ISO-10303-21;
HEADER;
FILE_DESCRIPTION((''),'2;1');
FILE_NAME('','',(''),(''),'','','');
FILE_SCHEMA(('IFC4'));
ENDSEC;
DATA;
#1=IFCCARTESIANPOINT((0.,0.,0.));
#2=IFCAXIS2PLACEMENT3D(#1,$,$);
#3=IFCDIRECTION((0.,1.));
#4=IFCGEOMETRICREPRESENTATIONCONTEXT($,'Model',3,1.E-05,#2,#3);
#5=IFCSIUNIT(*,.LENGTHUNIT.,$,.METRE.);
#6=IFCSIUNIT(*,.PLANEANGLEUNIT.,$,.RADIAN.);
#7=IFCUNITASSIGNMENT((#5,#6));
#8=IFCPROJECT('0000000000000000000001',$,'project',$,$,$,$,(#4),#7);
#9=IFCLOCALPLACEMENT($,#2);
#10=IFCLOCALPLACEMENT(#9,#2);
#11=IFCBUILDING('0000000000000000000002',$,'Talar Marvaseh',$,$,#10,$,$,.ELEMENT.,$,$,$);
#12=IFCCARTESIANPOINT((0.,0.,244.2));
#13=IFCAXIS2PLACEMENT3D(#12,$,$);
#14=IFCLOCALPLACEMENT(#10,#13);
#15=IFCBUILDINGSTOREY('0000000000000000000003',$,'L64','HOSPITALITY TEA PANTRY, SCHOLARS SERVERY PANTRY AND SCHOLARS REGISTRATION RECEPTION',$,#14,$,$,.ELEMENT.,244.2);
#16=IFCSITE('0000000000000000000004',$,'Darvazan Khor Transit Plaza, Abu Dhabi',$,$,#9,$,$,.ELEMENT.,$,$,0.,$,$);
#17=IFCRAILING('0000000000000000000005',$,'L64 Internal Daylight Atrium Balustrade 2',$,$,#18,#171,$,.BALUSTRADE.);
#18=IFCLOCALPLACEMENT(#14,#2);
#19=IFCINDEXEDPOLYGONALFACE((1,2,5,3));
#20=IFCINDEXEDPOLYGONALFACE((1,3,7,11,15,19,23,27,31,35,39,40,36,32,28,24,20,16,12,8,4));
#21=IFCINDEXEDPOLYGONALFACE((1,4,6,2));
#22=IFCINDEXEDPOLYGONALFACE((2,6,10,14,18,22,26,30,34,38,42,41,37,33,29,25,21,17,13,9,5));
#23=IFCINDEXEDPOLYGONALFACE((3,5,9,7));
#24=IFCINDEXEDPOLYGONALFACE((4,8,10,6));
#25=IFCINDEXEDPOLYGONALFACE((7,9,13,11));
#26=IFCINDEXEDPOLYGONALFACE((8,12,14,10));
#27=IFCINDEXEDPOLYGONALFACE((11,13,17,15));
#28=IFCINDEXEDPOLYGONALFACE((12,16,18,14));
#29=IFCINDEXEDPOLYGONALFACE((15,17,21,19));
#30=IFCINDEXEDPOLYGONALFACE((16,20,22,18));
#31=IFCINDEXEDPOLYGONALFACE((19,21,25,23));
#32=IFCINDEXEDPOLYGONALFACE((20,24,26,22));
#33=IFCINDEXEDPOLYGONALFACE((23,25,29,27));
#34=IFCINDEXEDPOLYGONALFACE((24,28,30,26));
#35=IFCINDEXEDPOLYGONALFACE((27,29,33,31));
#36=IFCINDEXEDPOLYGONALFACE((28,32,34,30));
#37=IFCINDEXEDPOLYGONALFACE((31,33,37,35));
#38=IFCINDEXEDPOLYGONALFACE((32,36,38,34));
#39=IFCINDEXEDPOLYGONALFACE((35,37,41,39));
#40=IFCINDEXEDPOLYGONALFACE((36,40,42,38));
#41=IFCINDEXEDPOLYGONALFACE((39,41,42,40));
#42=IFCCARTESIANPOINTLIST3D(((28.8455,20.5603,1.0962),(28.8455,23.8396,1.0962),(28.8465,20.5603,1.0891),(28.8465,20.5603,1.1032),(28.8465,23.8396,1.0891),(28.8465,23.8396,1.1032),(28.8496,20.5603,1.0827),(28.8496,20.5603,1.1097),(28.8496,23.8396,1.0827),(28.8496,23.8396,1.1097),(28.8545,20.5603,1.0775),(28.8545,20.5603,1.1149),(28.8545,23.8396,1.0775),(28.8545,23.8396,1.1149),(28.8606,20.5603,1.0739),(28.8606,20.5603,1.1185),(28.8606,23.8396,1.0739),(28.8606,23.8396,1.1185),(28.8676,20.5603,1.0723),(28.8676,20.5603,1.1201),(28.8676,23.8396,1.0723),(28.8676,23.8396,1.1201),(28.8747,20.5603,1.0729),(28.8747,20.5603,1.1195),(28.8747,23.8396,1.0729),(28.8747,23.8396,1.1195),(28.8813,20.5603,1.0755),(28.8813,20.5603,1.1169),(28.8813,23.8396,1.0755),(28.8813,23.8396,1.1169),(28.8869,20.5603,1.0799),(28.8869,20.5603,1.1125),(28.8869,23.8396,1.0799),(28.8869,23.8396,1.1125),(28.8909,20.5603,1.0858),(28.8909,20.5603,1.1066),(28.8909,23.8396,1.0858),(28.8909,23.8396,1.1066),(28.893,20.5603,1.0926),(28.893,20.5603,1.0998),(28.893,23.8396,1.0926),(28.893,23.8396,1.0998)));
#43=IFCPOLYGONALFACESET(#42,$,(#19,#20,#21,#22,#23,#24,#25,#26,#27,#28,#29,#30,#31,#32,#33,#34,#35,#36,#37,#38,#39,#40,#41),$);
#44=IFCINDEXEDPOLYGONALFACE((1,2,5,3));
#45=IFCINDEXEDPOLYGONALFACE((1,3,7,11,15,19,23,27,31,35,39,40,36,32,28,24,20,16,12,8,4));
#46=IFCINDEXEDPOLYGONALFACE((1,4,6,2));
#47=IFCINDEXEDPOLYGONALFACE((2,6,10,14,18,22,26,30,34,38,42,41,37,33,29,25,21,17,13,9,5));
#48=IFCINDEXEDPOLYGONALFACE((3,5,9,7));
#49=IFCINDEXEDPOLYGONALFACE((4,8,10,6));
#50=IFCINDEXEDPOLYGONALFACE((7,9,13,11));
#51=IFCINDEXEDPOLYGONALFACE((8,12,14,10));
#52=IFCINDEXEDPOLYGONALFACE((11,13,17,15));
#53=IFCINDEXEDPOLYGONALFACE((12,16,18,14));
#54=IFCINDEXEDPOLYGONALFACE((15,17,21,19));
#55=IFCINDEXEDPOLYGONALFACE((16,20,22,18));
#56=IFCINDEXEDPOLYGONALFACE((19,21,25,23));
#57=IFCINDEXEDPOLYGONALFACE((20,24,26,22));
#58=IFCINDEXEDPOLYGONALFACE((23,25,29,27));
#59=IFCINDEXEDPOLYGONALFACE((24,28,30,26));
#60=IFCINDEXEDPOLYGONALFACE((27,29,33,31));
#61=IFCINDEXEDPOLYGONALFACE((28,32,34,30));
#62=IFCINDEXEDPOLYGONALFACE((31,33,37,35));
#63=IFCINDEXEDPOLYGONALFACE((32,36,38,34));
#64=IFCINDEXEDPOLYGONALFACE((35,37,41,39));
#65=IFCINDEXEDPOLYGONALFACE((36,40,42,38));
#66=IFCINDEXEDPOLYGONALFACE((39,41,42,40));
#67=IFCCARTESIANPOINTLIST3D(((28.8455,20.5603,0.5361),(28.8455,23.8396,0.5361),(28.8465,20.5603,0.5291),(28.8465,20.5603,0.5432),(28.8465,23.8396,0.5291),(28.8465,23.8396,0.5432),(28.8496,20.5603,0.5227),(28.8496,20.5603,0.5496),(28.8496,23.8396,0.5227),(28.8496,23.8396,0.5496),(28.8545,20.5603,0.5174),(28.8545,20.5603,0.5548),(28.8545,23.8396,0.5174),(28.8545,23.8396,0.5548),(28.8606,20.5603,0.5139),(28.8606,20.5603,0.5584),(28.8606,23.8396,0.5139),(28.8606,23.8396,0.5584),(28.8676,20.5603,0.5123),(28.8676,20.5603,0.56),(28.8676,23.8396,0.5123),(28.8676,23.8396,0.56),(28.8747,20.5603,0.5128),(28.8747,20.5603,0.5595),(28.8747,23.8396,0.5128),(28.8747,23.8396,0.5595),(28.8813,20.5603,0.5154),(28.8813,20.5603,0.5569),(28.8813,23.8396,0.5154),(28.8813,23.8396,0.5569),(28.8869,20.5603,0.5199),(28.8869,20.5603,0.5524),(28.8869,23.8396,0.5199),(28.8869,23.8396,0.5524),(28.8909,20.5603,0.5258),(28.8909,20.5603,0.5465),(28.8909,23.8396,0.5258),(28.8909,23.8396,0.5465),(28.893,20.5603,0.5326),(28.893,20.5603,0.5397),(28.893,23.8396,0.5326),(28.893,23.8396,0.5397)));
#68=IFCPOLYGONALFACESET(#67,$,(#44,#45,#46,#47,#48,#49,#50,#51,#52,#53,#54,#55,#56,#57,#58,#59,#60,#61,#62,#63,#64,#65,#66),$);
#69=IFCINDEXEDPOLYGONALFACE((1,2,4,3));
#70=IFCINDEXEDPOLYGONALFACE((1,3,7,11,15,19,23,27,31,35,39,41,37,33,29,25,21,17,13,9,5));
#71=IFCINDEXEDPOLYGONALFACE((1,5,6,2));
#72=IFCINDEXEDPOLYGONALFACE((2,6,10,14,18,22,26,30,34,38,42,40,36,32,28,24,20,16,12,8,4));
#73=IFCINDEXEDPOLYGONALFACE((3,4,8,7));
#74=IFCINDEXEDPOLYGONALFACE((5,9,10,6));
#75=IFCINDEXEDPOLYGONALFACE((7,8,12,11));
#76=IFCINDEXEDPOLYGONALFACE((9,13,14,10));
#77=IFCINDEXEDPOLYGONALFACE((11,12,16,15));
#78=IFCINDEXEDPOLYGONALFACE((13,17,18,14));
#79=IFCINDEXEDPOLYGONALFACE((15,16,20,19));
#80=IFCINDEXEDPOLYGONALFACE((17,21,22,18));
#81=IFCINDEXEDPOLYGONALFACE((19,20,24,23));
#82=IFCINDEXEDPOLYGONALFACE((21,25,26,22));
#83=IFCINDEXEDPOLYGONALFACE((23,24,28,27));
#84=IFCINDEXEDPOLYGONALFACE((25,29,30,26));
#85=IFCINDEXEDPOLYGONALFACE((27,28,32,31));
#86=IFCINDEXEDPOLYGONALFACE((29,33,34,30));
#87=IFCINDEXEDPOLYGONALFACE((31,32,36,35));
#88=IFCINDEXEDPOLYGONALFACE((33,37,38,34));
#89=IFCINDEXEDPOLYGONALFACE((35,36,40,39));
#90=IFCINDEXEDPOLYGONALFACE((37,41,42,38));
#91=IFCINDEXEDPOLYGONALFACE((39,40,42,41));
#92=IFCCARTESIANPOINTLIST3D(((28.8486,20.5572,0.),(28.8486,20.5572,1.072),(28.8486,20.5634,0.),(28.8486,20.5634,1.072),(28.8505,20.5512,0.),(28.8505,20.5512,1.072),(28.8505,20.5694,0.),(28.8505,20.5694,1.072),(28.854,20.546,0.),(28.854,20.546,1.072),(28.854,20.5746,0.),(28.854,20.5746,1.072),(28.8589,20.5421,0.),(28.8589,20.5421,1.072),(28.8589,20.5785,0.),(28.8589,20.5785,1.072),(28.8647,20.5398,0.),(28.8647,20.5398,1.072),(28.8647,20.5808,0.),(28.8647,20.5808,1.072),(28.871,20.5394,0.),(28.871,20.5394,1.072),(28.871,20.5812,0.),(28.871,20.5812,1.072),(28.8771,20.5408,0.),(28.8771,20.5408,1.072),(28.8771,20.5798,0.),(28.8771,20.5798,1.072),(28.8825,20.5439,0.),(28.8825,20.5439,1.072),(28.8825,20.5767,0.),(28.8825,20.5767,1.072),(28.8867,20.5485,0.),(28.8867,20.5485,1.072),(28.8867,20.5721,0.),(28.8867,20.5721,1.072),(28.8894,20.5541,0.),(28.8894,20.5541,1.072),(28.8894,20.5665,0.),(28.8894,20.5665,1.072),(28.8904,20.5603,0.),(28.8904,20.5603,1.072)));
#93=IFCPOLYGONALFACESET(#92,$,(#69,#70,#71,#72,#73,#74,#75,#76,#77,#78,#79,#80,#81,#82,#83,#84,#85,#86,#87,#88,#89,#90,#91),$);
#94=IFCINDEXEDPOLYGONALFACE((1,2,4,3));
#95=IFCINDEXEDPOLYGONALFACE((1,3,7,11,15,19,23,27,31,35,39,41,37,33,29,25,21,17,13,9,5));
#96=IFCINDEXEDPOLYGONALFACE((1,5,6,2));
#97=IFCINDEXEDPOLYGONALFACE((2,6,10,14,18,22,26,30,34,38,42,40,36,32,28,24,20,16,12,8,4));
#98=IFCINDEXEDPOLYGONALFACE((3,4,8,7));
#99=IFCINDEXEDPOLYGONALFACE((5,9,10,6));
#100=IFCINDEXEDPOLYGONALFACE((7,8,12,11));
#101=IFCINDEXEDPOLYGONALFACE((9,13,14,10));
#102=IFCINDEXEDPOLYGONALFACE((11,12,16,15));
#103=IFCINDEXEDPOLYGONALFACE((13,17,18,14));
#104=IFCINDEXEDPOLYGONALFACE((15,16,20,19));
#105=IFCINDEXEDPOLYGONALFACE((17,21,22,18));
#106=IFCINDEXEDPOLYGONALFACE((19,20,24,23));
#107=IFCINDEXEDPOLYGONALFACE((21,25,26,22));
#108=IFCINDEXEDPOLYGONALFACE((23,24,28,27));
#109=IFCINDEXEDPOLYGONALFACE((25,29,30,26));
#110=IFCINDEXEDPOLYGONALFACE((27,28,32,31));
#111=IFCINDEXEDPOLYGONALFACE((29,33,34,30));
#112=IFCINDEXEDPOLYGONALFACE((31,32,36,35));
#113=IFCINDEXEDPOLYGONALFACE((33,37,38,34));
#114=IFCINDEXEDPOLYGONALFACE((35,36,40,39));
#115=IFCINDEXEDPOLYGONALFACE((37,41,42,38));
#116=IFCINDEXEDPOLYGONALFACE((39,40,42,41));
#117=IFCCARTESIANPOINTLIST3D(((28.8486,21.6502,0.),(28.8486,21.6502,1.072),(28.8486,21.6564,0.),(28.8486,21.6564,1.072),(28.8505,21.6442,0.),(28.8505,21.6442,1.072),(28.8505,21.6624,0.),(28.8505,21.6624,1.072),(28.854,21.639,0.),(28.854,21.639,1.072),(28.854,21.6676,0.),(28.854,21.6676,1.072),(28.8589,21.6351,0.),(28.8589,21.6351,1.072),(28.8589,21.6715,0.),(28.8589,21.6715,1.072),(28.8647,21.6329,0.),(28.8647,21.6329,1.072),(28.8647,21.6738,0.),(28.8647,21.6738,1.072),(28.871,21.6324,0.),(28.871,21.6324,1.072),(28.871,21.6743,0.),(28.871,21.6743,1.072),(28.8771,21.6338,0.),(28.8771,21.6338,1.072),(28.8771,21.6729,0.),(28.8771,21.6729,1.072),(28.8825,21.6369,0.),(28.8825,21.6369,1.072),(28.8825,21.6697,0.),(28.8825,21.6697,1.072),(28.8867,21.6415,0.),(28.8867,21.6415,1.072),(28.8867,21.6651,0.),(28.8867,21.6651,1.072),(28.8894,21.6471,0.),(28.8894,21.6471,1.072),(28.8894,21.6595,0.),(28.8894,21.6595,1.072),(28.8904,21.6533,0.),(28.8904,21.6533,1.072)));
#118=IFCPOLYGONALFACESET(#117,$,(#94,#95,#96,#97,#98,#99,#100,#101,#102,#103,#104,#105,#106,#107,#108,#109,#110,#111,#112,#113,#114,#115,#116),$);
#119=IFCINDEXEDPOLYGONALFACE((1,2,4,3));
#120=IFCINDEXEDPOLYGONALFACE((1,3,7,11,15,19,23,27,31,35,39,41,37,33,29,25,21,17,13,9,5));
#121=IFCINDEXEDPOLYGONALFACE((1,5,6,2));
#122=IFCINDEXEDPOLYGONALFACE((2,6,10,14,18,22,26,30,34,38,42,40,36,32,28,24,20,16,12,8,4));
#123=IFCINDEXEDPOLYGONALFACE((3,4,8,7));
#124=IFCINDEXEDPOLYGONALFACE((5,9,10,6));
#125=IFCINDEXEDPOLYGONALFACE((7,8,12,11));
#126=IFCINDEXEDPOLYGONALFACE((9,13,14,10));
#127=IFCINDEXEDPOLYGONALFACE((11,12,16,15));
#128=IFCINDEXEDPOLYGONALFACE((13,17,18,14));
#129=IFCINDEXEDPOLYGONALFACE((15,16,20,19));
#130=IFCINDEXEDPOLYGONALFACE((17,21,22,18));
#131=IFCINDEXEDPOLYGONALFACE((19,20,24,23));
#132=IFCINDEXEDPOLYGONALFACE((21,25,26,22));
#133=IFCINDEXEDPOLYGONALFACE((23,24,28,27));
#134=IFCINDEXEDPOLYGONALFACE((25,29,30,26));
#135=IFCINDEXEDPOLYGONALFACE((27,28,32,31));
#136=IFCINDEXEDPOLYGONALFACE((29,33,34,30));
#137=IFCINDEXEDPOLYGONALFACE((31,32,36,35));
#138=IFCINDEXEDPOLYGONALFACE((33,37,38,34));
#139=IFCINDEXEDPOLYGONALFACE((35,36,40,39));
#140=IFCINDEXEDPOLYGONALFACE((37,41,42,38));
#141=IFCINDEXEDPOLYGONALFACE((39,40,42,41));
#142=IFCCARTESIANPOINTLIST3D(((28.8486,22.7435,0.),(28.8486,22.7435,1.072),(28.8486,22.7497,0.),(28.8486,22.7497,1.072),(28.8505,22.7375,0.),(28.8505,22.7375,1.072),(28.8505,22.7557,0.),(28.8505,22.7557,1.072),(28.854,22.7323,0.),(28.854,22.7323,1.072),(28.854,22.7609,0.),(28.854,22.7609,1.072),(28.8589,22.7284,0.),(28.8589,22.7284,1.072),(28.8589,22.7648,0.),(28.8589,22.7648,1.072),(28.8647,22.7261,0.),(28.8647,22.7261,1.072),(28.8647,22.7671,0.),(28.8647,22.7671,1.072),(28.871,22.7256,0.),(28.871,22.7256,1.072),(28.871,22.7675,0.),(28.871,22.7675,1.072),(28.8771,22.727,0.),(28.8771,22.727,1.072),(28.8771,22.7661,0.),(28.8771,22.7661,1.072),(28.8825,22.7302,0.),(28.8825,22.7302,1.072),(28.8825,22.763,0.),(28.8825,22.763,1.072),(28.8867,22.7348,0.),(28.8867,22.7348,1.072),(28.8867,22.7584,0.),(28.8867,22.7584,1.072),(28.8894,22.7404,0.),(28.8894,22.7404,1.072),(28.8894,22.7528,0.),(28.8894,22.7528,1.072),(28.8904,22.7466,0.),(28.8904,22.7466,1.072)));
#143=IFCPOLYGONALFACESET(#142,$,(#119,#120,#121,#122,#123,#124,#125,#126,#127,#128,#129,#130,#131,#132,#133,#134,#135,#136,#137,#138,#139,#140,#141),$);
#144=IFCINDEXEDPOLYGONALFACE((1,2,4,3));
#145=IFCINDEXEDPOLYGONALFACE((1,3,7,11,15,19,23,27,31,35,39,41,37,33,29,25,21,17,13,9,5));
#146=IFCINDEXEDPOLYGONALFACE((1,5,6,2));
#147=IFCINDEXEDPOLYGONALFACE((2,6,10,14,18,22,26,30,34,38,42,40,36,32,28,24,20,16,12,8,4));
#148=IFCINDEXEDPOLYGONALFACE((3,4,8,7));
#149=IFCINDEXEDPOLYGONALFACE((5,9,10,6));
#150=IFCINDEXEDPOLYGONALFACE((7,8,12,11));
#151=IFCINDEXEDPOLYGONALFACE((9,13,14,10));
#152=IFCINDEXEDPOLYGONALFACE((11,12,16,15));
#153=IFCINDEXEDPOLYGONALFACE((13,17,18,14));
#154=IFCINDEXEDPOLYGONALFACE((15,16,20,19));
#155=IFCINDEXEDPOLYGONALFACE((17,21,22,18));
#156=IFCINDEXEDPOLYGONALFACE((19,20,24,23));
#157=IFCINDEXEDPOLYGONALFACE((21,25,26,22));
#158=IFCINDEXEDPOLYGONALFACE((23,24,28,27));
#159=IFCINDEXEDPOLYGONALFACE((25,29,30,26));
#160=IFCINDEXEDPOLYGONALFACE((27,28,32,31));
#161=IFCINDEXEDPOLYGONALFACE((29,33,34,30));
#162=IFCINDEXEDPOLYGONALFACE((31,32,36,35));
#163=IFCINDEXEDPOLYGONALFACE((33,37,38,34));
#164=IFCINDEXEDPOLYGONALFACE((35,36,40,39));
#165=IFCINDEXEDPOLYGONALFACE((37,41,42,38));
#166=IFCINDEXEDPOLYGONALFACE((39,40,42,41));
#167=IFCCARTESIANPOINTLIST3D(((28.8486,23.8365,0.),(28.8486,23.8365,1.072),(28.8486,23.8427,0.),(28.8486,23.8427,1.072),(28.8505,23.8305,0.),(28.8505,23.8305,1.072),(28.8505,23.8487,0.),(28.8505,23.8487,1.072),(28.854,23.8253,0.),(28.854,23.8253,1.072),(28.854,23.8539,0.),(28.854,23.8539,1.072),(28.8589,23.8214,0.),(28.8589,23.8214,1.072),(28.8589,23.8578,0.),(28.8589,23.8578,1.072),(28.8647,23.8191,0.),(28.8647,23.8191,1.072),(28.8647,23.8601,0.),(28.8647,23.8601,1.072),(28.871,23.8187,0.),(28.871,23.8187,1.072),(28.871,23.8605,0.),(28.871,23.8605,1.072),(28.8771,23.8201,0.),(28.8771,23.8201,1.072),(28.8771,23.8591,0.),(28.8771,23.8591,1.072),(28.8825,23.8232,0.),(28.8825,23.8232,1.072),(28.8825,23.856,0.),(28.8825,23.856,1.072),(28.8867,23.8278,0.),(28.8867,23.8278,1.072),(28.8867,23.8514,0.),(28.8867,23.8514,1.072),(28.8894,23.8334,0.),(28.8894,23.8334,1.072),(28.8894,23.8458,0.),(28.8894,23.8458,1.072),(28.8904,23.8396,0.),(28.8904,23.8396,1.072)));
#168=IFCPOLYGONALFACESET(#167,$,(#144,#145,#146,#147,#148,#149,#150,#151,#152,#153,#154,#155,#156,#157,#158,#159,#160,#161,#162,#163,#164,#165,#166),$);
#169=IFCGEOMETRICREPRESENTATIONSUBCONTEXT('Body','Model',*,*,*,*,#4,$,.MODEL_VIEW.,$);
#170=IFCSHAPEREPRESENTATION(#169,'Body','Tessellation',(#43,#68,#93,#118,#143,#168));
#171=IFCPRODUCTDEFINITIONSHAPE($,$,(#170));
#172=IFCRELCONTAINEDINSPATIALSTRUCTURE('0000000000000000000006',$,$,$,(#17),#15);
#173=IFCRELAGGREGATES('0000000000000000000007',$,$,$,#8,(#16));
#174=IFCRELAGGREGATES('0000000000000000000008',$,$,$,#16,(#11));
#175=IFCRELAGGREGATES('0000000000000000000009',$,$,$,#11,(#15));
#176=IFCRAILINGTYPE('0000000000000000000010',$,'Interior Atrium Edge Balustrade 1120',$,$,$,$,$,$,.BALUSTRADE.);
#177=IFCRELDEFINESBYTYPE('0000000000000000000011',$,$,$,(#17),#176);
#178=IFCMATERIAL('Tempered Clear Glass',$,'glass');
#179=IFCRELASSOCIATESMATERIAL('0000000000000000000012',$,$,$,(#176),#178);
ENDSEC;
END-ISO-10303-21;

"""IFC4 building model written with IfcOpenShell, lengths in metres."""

from ifc_helpers import new_model, si_unit, direction, frame, origin, origin_2d, place, context, subcontext, project, spatial, circle, extrude, material, type_object, element, save


model = new_model("IFC4")

# Units and contexts
model_context = context("Model", 3, precision=1e-05, world=origin(), true_north=direction((0.0, 1.0)))
body_context = subcontext(model_context, "Body", "Model", "MODEL_VIEW")
ifc_project = project(units=[si_unit("LENGTHUNIT", "METRE"), si_unit("PLANEANGLEUNIT", "RADIAN")], contexts=[model_context])

# Site, building, storey
site_placement = place(None, origin())
site = spatial("IfcSite", under=ifc_project, at=site_placement, Name="Darvazan Khor Transit Plaza, Abu Dhabi", CompositionType="ELEMENT", RefElevation=0.0)
building_placement = place(site_placement, origin())
building = spatial("IfcBuilding", under=site, at=building_placement, Name="Talar Marvaseh", CompositionType="ELEMENT")
storey_placement = place(building_placement, frame((0.0, 0.0, 244.2)))
storey = spatial("IfcBuildingStorey", under=building, at=storey_placement, Name="L64", Description="HOSPITALITY TEA PANTRY, SCHOLARS SERVERY PANTRY AND SCHOLARS REGISTRATION RECEPTION", CompositionType="ELEMENT", Elevation=244.2)

# Railing
ifc_material_1 = material(Name="Tempered Clear Glass", Category="glass")
railing_type = type_object("IfcRailingType", Name="Interior Atrium Edge Balustrade 1120", PredefinedType="BALUSTRADE", material=ifc_material_1)
railing_1_placement = place(storey_placement, frame((28.8694, 20.5603, 0.0)))
element("IfcRailing", 1, at=railing_1_placement, inside=storey, type_object=railing_type, Name="L64 Internal Daylight Atrium Balustrade 2", PredefinedType="BALUSTRADE", context=body_context, shape_type="SweptSolid", body=[
    extrude(circle(Radius=0.0239, at=origin_2d()), frame((0.0, 0.0, 1.0962), z_axis=(0.0, 1.0, 0.0), x_axis=(-1.0, 0.0, 0.0)), (0.0, 0.0, 1.0), 3.2793),
    extrude(circle(Radius=0.0239, at=origin_2d()), frame((0.0, 0.0, 0.5361), z_axis=(0.0, 1.0, 0.0), x_axis=(-1.0, 0.0, 0.0)), (0.0, 0.0, 1.0), 3.2793),
    extrude(circle(Radius=0.021, at=origin_2d()), origin(), (0.0, 0.0, 1.0), 1.072),
    extrude(circle(Radius=0.021, at=origin_2d()), frame((0.0, 1.093, 0.0)), (0.0, 0.0, 1.0), 1.072),
    extrude(circle(Radius=0.021, at=origin_2d()), frame((0.0, 2.1863, 0.0)), (0.0, 0.0, 1.0), 1.072),
    extrude(circle(Radius=0.021, at=origin_2d()), frame((0.0, 3.2793, 0.0)), (0.0, 0.0, 1.0), 1.072),
])

save(model, "model.ifc")
